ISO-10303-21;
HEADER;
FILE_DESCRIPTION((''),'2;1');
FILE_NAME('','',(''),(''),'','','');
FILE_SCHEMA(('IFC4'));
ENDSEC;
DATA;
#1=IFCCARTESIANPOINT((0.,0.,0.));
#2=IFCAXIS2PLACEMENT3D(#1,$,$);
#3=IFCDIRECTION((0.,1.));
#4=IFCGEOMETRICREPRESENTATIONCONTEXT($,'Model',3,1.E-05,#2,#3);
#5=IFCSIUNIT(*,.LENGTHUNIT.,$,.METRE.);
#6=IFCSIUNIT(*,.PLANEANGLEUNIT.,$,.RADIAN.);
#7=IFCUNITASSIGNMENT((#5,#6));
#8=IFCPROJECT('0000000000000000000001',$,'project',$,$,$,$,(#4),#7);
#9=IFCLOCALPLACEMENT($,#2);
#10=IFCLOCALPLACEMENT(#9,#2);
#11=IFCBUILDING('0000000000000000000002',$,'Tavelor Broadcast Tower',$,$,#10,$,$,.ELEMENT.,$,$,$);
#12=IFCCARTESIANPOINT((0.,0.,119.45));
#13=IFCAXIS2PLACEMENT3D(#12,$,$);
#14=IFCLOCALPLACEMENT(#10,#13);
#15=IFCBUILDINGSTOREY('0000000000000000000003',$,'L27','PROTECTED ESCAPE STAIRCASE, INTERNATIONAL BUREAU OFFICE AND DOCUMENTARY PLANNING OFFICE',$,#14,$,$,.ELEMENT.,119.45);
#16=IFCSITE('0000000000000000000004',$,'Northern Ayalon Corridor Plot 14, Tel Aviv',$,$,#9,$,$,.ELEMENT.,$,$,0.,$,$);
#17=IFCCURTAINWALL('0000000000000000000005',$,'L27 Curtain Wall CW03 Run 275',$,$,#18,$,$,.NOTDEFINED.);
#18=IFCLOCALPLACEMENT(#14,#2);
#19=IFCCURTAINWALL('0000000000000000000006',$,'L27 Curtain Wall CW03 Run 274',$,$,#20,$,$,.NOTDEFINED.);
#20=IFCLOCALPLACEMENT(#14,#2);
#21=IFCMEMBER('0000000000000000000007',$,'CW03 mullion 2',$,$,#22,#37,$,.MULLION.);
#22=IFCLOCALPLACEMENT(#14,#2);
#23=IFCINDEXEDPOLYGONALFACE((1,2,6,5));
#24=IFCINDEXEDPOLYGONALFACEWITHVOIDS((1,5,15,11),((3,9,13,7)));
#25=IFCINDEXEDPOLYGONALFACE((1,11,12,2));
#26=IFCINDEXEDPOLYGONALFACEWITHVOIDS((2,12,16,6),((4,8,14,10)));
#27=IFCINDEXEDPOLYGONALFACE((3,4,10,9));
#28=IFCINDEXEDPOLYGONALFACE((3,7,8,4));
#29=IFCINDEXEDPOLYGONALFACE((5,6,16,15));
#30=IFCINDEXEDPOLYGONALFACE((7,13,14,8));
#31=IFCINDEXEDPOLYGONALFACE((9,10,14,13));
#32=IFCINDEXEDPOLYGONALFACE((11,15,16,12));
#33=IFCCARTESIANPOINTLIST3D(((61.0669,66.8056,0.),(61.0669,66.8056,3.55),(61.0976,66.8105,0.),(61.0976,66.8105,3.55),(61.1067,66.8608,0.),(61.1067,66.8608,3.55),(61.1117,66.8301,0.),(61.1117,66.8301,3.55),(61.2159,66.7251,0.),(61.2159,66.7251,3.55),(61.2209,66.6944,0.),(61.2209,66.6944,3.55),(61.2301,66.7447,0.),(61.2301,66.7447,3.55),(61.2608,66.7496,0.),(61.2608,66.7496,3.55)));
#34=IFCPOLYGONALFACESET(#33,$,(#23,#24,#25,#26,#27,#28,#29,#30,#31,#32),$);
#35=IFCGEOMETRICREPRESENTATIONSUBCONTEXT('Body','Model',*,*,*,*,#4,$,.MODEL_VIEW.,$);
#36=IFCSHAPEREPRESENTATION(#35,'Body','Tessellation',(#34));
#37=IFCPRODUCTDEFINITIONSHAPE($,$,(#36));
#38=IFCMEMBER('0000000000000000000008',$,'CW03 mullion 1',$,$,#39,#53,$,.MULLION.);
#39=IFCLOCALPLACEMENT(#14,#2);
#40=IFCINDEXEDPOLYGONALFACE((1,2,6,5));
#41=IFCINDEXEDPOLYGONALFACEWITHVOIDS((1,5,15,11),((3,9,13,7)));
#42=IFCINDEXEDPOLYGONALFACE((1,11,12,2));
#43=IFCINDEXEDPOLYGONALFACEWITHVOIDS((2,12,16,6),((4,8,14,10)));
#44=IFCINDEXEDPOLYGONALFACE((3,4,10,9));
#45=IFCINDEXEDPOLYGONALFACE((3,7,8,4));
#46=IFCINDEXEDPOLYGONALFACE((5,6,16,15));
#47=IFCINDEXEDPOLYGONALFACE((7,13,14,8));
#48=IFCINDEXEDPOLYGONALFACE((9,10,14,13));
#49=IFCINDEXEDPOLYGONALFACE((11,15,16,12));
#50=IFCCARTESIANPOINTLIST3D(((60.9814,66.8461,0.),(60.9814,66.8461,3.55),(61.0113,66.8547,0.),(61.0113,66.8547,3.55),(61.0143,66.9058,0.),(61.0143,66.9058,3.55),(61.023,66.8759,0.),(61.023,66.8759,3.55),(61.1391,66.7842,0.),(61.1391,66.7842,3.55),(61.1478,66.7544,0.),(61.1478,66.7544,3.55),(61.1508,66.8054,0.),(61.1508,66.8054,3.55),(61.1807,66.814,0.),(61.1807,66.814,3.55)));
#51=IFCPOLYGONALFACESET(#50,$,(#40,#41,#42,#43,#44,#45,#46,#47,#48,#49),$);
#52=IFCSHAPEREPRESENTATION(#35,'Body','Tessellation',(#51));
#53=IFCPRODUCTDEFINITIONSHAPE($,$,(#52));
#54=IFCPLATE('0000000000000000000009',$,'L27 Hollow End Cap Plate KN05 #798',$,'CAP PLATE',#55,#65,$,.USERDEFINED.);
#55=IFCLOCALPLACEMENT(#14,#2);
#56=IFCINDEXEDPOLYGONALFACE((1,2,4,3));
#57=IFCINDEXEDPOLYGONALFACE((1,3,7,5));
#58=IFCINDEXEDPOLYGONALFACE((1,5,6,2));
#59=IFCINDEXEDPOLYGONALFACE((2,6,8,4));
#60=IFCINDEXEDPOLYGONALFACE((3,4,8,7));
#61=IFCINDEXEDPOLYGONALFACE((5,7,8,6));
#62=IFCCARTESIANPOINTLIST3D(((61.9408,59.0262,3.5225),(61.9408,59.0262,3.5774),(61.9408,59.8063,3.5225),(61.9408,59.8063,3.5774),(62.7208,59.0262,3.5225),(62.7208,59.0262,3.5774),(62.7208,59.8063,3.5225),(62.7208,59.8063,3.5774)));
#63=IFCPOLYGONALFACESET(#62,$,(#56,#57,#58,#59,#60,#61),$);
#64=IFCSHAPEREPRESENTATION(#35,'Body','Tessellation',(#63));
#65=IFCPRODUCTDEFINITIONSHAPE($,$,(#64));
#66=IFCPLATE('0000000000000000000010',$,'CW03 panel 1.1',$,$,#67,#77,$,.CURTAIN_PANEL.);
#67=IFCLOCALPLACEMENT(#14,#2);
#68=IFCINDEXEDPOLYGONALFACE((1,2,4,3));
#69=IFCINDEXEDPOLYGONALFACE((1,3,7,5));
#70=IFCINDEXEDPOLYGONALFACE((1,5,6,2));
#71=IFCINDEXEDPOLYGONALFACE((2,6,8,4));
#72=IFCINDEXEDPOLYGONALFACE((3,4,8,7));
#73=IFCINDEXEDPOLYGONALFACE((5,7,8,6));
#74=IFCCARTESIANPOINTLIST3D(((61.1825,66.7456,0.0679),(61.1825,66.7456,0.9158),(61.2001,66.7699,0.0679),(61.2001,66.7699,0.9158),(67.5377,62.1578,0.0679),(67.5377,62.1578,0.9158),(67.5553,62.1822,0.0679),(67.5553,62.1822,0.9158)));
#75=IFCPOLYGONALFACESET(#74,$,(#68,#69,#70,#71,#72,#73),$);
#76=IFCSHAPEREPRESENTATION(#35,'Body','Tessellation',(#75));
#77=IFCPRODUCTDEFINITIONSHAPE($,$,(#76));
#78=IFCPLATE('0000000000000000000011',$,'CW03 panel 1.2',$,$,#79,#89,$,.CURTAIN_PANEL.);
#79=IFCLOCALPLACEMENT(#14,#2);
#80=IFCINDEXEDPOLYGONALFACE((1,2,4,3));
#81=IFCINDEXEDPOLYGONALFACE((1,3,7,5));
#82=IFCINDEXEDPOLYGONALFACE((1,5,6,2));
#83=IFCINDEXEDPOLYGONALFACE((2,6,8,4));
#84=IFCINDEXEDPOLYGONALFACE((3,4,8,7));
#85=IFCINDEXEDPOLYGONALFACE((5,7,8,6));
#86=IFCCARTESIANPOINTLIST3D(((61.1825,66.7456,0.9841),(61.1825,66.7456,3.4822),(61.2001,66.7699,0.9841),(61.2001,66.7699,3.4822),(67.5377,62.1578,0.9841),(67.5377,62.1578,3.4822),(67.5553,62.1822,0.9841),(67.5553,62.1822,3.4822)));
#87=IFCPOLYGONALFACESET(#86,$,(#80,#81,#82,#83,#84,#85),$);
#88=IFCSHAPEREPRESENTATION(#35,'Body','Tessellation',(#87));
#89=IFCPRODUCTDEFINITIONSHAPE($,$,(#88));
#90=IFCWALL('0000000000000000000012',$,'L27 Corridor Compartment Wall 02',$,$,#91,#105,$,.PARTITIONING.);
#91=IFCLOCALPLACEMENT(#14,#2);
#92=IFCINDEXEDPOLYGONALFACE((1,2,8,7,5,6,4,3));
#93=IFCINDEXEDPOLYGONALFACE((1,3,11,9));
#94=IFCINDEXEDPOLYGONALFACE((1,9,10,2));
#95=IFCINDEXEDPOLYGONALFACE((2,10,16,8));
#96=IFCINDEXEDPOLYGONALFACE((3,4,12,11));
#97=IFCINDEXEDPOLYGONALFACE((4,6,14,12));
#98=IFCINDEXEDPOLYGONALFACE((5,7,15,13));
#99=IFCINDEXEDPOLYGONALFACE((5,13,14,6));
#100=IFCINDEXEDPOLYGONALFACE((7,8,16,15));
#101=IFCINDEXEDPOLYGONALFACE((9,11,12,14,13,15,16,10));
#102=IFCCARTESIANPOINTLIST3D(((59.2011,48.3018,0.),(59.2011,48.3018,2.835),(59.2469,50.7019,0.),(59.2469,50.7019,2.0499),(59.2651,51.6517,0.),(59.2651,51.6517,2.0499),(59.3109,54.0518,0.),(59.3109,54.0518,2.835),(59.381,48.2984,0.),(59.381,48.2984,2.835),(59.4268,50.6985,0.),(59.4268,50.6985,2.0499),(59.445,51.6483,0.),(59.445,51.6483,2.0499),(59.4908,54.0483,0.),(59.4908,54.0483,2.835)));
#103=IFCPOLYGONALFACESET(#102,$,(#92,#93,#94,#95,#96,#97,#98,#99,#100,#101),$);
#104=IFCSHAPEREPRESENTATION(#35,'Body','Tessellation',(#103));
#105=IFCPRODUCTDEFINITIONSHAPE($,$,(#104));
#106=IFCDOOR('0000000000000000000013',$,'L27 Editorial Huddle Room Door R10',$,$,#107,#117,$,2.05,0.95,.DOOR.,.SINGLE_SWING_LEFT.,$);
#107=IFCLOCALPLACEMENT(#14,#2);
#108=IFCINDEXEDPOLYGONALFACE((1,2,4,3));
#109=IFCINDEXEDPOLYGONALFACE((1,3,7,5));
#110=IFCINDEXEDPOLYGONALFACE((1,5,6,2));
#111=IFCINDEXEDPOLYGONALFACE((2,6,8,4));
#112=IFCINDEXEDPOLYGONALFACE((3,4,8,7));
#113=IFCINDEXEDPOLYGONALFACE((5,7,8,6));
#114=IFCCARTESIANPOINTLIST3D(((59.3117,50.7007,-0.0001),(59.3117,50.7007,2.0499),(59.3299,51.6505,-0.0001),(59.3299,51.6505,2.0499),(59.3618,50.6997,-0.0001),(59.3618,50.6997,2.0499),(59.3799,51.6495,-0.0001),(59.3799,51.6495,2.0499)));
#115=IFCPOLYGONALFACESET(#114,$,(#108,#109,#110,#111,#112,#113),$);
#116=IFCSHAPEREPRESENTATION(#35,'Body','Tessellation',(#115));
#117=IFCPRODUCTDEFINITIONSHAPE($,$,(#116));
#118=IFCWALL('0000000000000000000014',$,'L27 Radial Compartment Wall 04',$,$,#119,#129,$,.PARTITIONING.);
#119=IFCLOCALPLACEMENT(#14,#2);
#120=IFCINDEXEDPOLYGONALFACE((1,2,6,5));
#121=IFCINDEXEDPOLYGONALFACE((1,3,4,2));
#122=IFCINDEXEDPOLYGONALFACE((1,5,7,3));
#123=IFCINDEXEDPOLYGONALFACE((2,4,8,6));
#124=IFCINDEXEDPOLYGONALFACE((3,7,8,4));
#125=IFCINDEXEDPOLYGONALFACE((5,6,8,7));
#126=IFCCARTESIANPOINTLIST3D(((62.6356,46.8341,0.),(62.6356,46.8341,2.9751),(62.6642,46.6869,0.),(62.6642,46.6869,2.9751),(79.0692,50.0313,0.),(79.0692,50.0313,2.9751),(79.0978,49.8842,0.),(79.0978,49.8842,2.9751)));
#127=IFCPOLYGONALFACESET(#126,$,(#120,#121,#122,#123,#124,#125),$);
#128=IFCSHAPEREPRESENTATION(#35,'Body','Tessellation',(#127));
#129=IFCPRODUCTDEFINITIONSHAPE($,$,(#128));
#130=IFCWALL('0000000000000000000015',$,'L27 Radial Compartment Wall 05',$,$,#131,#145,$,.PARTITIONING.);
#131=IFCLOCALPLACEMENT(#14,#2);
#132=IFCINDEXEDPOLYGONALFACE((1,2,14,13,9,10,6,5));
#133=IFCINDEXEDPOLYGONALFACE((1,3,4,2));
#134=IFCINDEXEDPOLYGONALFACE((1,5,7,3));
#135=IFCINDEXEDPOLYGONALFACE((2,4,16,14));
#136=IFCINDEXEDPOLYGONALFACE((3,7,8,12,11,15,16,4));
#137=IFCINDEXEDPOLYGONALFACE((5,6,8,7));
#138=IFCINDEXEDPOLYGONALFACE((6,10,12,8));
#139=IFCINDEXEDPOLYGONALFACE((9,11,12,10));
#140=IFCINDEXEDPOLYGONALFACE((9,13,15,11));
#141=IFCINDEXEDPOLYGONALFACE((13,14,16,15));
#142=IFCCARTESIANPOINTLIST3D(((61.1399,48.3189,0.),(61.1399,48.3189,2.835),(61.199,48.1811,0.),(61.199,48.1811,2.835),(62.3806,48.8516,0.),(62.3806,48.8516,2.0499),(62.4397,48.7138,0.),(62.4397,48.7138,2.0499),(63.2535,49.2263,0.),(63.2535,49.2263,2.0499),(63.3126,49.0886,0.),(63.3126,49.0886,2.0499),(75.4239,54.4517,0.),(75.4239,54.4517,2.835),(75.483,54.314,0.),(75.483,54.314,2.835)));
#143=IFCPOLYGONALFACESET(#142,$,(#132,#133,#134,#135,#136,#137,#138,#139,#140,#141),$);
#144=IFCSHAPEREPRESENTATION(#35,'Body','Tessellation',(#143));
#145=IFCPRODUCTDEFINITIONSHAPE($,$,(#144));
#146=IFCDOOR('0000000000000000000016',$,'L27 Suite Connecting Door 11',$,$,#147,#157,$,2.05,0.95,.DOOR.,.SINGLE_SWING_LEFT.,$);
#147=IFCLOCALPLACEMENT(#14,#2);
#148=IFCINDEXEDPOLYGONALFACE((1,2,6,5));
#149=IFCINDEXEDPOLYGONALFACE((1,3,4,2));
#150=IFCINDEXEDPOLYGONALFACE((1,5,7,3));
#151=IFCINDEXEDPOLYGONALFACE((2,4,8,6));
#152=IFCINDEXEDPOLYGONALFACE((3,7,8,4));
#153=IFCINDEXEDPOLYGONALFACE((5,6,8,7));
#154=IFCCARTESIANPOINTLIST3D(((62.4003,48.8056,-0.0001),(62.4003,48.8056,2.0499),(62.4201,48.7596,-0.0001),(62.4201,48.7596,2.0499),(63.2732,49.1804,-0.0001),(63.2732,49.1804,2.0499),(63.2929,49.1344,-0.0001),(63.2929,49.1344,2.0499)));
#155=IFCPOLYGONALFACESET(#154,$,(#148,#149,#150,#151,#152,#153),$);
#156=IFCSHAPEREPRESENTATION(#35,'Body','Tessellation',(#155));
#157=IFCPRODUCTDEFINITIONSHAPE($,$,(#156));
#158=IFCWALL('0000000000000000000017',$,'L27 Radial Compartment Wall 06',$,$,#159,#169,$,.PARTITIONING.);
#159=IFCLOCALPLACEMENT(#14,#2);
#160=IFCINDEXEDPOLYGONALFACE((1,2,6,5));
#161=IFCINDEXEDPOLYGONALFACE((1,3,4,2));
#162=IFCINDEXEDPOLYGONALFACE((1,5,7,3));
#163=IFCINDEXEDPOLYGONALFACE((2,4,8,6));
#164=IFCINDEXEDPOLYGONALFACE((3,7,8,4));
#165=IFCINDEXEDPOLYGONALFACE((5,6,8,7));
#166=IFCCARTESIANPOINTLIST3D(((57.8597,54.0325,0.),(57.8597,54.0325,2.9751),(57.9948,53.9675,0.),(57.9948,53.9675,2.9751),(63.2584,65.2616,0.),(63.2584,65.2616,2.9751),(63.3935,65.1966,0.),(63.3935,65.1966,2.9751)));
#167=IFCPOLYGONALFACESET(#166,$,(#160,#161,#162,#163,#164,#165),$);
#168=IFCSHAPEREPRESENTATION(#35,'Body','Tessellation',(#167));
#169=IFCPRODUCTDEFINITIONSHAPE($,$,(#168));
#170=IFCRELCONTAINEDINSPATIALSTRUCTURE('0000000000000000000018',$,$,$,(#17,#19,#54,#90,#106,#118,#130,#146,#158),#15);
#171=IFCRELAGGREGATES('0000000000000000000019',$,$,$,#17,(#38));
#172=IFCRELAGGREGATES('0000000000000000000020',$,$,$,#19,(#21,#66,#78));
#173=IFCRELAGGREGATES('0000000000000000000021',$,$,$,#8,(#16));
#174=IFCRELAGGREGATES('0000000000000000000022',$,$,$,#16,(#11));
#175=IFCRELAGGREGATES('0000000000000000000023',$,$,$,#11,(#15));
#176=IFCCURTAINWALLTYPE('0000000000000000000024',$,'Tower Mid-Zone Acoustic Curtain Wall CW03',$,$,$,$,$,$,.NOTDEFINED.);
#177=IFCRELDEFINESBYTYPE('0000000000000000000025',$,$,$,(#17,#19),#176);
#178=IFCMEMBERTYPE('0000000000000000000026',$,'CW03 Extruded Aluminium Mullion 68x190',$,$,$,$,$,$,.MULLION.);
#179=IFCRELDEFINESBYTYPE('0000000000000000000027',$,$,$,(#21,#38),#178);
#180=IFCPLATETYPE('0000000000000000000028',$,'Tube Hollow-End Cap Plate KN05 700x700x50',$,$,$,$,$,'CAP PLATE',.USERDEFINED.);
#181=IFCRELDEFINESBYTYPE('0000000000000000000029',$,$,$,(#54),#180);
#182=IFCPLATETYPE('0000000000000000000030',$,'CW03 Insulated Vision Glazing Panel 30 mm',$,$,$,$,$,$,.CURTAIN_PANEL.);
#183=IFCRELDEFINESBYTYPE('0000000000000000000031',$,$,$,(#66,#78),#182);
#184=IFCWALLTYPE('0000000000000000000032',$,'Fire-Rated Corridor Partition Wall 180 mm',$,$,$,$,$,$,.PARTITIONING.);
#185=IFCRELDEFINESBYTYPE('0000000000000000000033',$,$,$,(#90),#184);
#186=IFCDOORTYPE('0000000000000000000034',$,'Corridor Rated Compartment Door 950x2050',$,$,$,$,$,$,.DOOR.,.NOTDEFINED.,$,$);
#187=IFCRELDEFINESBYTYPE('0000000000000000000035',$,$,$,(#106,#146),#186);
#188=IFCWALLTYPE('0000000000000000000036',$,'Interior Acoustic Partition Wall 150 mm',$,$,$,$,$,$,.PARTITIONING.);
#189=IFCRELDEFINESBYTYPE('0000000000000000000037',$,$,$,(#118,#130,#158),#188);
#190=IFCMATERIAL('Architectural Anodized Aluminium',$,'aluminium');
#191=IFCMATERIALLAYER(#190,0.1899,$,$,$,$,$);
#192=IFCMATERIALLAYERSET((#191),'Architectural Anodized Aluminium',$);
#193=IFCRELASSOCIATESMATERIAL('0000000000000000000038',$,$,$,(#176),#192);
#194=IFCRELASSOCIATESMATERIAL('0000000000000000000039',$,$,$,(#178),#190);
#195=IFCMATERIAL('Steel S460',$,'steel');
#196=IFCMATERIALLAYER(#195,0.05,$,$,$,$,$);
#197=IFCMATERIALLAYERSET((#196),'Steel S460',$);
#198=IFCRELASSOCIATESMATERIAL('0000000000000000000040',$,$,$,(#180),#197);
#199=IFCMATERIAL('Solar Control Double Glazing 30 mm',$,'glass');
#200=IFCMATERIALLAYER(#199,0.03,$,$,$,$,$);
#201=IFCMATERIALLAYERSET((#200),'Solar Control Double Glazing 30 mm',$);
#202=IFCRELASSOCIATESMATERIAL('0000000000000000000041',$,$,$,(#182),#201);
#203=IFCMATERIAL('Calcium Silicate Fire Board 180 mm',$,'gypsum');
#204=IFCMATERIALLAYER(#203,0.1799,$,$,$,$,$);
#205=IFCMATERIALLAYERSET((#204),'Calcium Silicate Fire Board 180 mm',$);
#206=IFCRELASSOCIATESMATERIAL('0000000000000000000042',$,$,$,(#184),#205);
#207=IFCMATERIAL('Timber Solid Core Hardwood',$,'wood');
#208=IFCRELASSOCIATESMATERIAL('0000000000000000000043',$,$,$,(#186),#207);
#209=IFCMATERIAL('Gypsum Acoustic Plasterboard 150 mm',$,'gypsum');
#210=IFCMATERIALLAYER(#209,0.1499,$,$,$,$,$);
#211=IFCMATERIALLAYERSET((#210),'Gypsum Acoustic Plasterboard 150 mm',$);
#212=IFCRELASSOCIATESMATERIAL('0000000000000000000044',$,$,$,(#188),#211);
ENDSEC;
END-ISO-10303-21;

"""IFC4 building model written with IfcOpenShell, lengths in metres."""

from ifc_helpers import new_model, si_unit, direction, frame, frame_2d, origin, origin_2d, place, context, subcontext, project, spatial, rectangle, hollow_rectangle, extrude, source, transform, mapped, material, layer, layer_set, material_profile, profile_set, type_object, type_shapes, element, fill, aggregate, save


model = new_model("IFC4")

# Units and contexts
model_context = context("Model", 3, precision=1e-05, world=origin(), true_north=direction((0.0, 1.0)))
body_context = subcontext(model_context, "Body", "Model", "MODEL_VIEW")
ifc_project = project(units=[si_unit("LENGTHUNIT", "METRE"), si_unit("PLANEANGLEUNIT", "RADIAN")], contexts=[model_context])

# Site, building, storey
site_placement = place(None, origin())
site = spatial("IfcSite", under=ifc_project, at=site_placement, Name="Northern Ayalon Corridor Plot 14, Tel Aviv", CompositionType="ELEMENT", RefElevation=0.0)
building_placement = place(site_placement, origin())
building = spatial("IfcBuilding", under=site, at=building_placement, Name="Tavelor Broadcast Tower", CompositionType="ELEMENT")
storey_placement = place(building_placement, frame((0.0, 0.0, 119.45)))
storey = spatial("IfcBuildingStorey", under=building, at=storey_placement, Name="L27", Description="PROTECTED ESCAPE STAIRCASE, INTERNATIONAL BUREAU OFFICE AND DOCUMENTARY PLANNING OFFICE", CompositionType="ELEMENT", Elevation=119.45)

# Shared definitions
ifc_material_1 = material(Name="Steel S460", Category="steel")

# Curtain wall
ifc_material_2 = material(Name="Architectural Anodized Aluminium", Category="aluminium")
ifc_layer_1 = layer(ifc_material_2, 0.1899)
ifc_layer_set_1 = layer_set([ifc_layer_1], Name="Architectural Anodized Aluminium")
curtain_wall_type = type_object("IfcCurtainWallType", Name="Tower Mid-Zone Acoustic Curtain Wall CW03", PredefinedType="NOTDEFINED", material=ifc_layer_set_1)
curtain_wall_1_placement = place(storey_placement, origin())
curtain_wall_1 = element("IfcCurtainWall", 1, at=curtain_wall_1_placement, inside=storey, type_object=curtain_wall_type, Name="L27 Curtain Wall CW03 Run 275", PredefinedType="NOTDEFINED")

# Curtain wall, member
curtain_wall_2_placement = place(storey_placement, origin())
curtain_wall_2 = element("IfcCurtainWall", 2, at=curtain_wall_2_placement, inside=storey, type_object=curtain_wall_type, Name="L27 Curtain Wall CW03 Run 274", PredefinedType="NOTDEFINED")
ifc_material_profile_1 = material_profile(ifc_material_2, hollow_rectangle(XDim=0.0681, YDim=0.1899, WallThickness=0.022, at=origin_2d()), Name="RHS 68x190x22")
ifc_profile_set_1 = profile_set([ifc_material_profile_1], Name="Architectural Anodized Aluminium")
member_type_1 = type_object("IfcMemberType", Name="CW03 Extruded Aluminium Mullion 68x190", PredefinedType="MULLION", material=ifc_profile_set_1)
shared_shape_1 = source(origin(), body_context, "Body", "SweptSolid", [
    extrude(hollow_rectangle(XDim=0.0681, YDim=0.1899, WallThickness=0.022, at=origin_2d()), origin(), (0.0, 0.0, 1.0), 3.55),
])
type_shapes(member_type_1, [shared_shape_1])
member_1_placement = place(storey_placement, frame((61.1638, 66.7776, 0.0), z_axis=(0.0, 0.0, 1.0), x_axis=(-0.585313, -0.810808, 0.0)))
member_1 = element("IfcMember", 3, at=member_1_placement, type_object=member_type_1, Name="CW03 mullion 2", PredefinedType="MULLION", context=body_context, shape_type="MappedRepresentation", body=[
    mapped(shared_shape_1, transform((0.0, 0.0, 0.0), scale=1.0)),
])

# Member
member_2_placement = place(storey_placement, frame((61.0811, 66.8301, 0.0), z_axis=(0.0, 0.0, 1.0), x_axis=(-0.482888, -0.875682, 0.0)))
member_2 = element("IfcMember", 4, at=member_2_placement, type_object=member_type_1, Name="CW03 mullion 1", PredefinedType="MULLION", context=body_context, shape_type="MappedRepresentation", body=[
    mapped(shared_shape_1, transform((0.0, 0.0, 0.0), scale=1.0)),
])
aggregate(curtain_wall_1, [member_2])

# Plates
ifc_layer_2 = layer(ifc_material_1, 0.05)
ifc_layer_set_2 = layer_set([ifc_layer_2], Name="Steel S460")
plate_type_1 = type_object("IfcPlateType", Name="Tube Hollow-End Cap Plate KN05 700x700x50", ElementType="CAP PLATE", PredefinedType="USERDEFINED", material=ifc_layer_set_2)
shared_shape_2 = source(origin(), body_context, "Body", "SweptSolid", [
    extrude(rectangle(XDim=0.78, YDim=0.78, at=origin_2d()), origin(), (0.0, 0.0, 1.0), 0.0549),
])
type_shapes(plate_type_1, [shared_shape_2])
plate_1_placement = place(storey_placement, frame((62.3308, 59.4163, 3.5225), z_axis=(0.0, 0.0, 1.0), x_axis=(1.0, 0.0, 0.0)))
element("IfcPlate", 5, at=plate_1_placement, inside=storey, type_object=plate_type_1, Name="L27 Hollow End Cap Plate KN05 #798", ObjectType="CAP PLATE", PredefinedType="USERDEFINED", context=body_context, shape_type="MappedRepresentation", body=[
    mapped(shared_shape_2, transform((0.0, 0.0, 0.0), scale=1.0)),
])
ifc_material_3 = material(Name="Solar Control Double Glazing 30 mm", Category="glass")
ifc_layer_3 = layer(ifc_material_3, 0.03)
ifc_layer_set_3 = layer_set([ifc_layer_3], Name="Solar Control Double Glazing 30 mm")
plate_type_2 = type_object("IfcPlateType", Name="CW03 Insulated Vision Glazing Panel 30 mm", PredefinedType="CURTAIN_PANEL", material=ifc_layer_set_3)
shared_shape_3 = source(origin(), body_context, "Body", "SweptSolid", [
    extrude(rectangle(XDim=7.8381, YDim=0.03, at=origin_2d()), origin(), (0.0, 0.0, 1.0), 0.8479),
])
plate_2_placement = place(storey_placement, frame((64.3689, 64.4639, 0.0679), z_axis=(0.0, 0.0, 1.0), x_axis=(-0.810808, 0.585313, 0.0)))
plate_2 = element("IfcPlate", 6, at=plate_2_placement, type_object=plate_type_2, Name="CW03 panel 1.1", PredefinedType="CURTAIN_PANEL", context=body_context, shape_type="MappedRepresentation", body=[
    mapped(shared_shape_3, transform((0.0, 0.0, 0.0), scale=1.0)),
])
shared_shape_4 = source(origin(), body_context, "Body", "SweptSolid", [
    extrude(rectangle(XDim=7.8381, YDim=0.03, at=origin_2d()), origin(), (0.0, 0.0, 1.0), 2.498),
])
type_shapes(plate_type_2, [shared_shape_3, shared_shape_4])
plate_3_placement = place(storey_placement, frame((64.3689, 64.4639, 0.9841), z_axis=(0.0, 0.0, 1.0), x_axis=(-0.810808, 0.585313, 0.0)))
plate_3 = element("IfcPlate", 7, at=plate_3_placement, type_object=plate_type_2, Name="CW03 panel 1.2", PredefinedType="CURTAIN_PANEL", context=body_context, shape_type="MappedRepresentation", body=[
    mapped(shared_shape_4, transform((0.0, 0.0, 0.0), scale=1.0)),
])
aggregate(curtain_wall_2, [member_1, plate_2, plate_3])

# Wall, opening, door
ifc_material_4 = material(Name="Calcium Silicate Fire Board 180 mm", Category="gypsum")
ifc_layer_4 = layer(ifc_material_4, 0.1799)
ifc_layer_set_4 = layer_set([ifc_layer_4], Name="Calcium Silicate Fire Board 180 mm")
wall_type_1 = type_object("IfcWallType", Name="Fire-Rated Corridor Partition Wall 180 mm", PredefinedType="PARTITIONING", material=ifc_layer_set_4)
wall_1_placement = place(storey_placement, frame((59.4009, 54.05, 0.0), z_axis=(0.0, 0.0, 1.0), x_axis=(-0.019103, -0.999818, 0.0)))
wall_1 = element("IfcWall", 8, at=wall_1_placement, inside=storey, type_object=wall_type_1, Name="L27 Corridor Compartment Wall 02", PredefinedType="PARTITIONING", context=body_context, shape_type="SweptSolid", body=[
    extrude(rectangle(XDim=5.751, YDim=0.1799, at=frame_2d((2.8755, 0.0))), origin(), (0.0, 0.0, 1.0), 2.835),
])
opening_1_placement = place(wall_1_placement, frame((2.4004, 0.0, 0.0)))
opening_1 = element("IfcOpeningElement", 9, at=opening_1_placement, cuts=wall_1, PredefinedType="OPENING", context=body_context, shape_type="SweptSolid", body=[
    extrude(rectangle(XDim=0.95, YDim=2.05, at=frame_2d((0.4751, 1.0249))), frame((0.0, 0.1001, 0.0), z_axis=(0.0, -1.0, 0.0), x_axis=(1.0, 0.0, 0.0)), (0.0, 0.0, 1.0), 0.2),
])
ifc_material_5 = material(Name="Timber Solid Core Hardwood", Category="wood")
door_type_1 = type_object("IfcDoorType", Name="Corridor Rated Compartment Door 950x2050", OperationType="NOTDEFINED", PredefinedType="DOOR", material=ifc_material_5)
door_1_placement = place(opening_1_placement, origin())
door_1 = element("IfcDoor", 10, at=door_1_placement, inside=storey, type_object=door_type_1, Name="L27 Editorial Huddle Room Door R10", OperationType="SINGLE_SWING_LEFT", OverallHeight=2.05, OverallWidth=0.95, PredefinedType="DOOR", context=body_context, shape_type="SweptSolid", body=[
    extrude(rectangle(XDim=0.95, YDim=2.05, at=frame_2d((0.4751, 1.0249))), frame((0.0, 0.0249, 0.0), z_axis=(0.0, -1.0, 0.0), x_axis=(1.0, 0.0, 0.0)), (0.0, 0.0, 1.0), 0.05),
])
fill(opening_1, door_1)

# Wall
ifc_material_6 = material(Name="Gypsum Acoustic Plasterboard 150 mm", Category="gypsum")
ifc_layer_5 = layer(ifc_material_6, 0.1499)
ifc_layer_set_5 = layer_set([ifc_layer_5], Name="Gypsum Acoustic Plasterboard 150 mm")
wall_type_2 = type_object("IfcWallType", Name="Interior Acoustic Partition Wall 150 mm", PredefinedType="PARTITIONING", material=ifc_layer_set_5)
wall_2_placement = place(storey_placement, frame((62.6499, 46.7605, 0.0), z_axis=(0.0, 0.0, 1.0), x_axis=(0.981595, 0.190976, 0.0)))
element("IfcWall", 11, at=wall_2_placement, inside=storey, type_object=wall_type_2, Name="L27 Radial Compartment Wall 04", PredefinedType="PARTITIONING", context=body_context, shape_type="SweptSolid", body=[
    extrude(rectangle(XDim=16.7417, YDim=0.1499, at=frame_2d((8.3708, 0.0))), origin(), (0.0, 0.0, 1.0), 2.9751),
])

# Wall, opening, door
wall_3_placement = place(storey_placement, frame((61.1694, 48.25, 0.0), z_axis=(0.0, 0.0, 1.0), x_axis=(0.918886, 0.394524, 0.0)))
wall_3 = element("IfcWall", 12, at=wall_3_placement, inside=storey, type_object=wall_type_2, Name="L27 Radial Compartment Wall 05", PredefinedType="PARTITIONING", context=body_context, shape_type="SweptSolid", body=[
    extrude(rectangle(XDim=15.5449, YDim=0.1499, at=frame_2d((7.7725, 0.0))), origin(), (0.0, 0.0, 1.0), 2.835),
])
opening_2_placement = place(wall_3_placement, frame((1.3501, 0.0, 0.0)))
opening_2 = element("IfcOpeningElement", 13, at=opening_2_placement, cuts=wall_3, PredefinedType="OPENING", context=body_context, shape_type="SweptSolid", body=[
    extrude(rectangle(XDim=0.95, YDim=2.05, at=frame_2d((0.4751, 1.0249))), frame((0.0, 0.085, 0.0), z_axis=(0.0, -1.0, 0.0), x_axis=(1.0, 0.0, 0.0)), (0.0, 0.0, 1.0), 0.1699),
])
door_2_placement = place(opening_2_placement, origin())
door_2 = element("IfcDoor", 14, at=door_2_placement, inside=storey, type_object=door_type_1, Name="L27 Suite Connecting Door 11", OperationType="SINGLE_SWING_LEFT", OverallHeight=2.05, OverallWidth=0.95, PredefinedType="DOOR", context=body_context, shape_type="SweptSolid", body=[
    extrude(rectangle(XDim=0.95, YDim=2.05, at=frame_2d((0.4751, 1.0249))), frame((0.0, 0.0249, 0.0), z_axis=(0.0, -1.0, 0.0), x_axis=(1.0, 0.0, 0.0)), (0.0, 0.0, 1.0), 0.05),
])
fill(opening_2, door_2)

# Wall
wall_4_placement = place(storey_placement, frame((57.9272, 54.0, 0.0), z_axis=(0.0, 0.0, 1.0), x_axis=(0.433302, 0.901249, 0.0)))
element("IfcWall", 15, at=wall_4_placement, inside=storey, type_object=wall_type_2, Name="L27 Radial Compartment Wall 06", PredefinedType="PARTITIONING", context=body_context, shape_type="SweptSolid", body=[
    extrude(rectangle(XDim=12.4595, YDim=0.1499, at=frame_2d((6.2297, 0.0))), origin(), (0.0, 0.0, 1.0), 2.9751),
])

save(model, "model.ifc")
